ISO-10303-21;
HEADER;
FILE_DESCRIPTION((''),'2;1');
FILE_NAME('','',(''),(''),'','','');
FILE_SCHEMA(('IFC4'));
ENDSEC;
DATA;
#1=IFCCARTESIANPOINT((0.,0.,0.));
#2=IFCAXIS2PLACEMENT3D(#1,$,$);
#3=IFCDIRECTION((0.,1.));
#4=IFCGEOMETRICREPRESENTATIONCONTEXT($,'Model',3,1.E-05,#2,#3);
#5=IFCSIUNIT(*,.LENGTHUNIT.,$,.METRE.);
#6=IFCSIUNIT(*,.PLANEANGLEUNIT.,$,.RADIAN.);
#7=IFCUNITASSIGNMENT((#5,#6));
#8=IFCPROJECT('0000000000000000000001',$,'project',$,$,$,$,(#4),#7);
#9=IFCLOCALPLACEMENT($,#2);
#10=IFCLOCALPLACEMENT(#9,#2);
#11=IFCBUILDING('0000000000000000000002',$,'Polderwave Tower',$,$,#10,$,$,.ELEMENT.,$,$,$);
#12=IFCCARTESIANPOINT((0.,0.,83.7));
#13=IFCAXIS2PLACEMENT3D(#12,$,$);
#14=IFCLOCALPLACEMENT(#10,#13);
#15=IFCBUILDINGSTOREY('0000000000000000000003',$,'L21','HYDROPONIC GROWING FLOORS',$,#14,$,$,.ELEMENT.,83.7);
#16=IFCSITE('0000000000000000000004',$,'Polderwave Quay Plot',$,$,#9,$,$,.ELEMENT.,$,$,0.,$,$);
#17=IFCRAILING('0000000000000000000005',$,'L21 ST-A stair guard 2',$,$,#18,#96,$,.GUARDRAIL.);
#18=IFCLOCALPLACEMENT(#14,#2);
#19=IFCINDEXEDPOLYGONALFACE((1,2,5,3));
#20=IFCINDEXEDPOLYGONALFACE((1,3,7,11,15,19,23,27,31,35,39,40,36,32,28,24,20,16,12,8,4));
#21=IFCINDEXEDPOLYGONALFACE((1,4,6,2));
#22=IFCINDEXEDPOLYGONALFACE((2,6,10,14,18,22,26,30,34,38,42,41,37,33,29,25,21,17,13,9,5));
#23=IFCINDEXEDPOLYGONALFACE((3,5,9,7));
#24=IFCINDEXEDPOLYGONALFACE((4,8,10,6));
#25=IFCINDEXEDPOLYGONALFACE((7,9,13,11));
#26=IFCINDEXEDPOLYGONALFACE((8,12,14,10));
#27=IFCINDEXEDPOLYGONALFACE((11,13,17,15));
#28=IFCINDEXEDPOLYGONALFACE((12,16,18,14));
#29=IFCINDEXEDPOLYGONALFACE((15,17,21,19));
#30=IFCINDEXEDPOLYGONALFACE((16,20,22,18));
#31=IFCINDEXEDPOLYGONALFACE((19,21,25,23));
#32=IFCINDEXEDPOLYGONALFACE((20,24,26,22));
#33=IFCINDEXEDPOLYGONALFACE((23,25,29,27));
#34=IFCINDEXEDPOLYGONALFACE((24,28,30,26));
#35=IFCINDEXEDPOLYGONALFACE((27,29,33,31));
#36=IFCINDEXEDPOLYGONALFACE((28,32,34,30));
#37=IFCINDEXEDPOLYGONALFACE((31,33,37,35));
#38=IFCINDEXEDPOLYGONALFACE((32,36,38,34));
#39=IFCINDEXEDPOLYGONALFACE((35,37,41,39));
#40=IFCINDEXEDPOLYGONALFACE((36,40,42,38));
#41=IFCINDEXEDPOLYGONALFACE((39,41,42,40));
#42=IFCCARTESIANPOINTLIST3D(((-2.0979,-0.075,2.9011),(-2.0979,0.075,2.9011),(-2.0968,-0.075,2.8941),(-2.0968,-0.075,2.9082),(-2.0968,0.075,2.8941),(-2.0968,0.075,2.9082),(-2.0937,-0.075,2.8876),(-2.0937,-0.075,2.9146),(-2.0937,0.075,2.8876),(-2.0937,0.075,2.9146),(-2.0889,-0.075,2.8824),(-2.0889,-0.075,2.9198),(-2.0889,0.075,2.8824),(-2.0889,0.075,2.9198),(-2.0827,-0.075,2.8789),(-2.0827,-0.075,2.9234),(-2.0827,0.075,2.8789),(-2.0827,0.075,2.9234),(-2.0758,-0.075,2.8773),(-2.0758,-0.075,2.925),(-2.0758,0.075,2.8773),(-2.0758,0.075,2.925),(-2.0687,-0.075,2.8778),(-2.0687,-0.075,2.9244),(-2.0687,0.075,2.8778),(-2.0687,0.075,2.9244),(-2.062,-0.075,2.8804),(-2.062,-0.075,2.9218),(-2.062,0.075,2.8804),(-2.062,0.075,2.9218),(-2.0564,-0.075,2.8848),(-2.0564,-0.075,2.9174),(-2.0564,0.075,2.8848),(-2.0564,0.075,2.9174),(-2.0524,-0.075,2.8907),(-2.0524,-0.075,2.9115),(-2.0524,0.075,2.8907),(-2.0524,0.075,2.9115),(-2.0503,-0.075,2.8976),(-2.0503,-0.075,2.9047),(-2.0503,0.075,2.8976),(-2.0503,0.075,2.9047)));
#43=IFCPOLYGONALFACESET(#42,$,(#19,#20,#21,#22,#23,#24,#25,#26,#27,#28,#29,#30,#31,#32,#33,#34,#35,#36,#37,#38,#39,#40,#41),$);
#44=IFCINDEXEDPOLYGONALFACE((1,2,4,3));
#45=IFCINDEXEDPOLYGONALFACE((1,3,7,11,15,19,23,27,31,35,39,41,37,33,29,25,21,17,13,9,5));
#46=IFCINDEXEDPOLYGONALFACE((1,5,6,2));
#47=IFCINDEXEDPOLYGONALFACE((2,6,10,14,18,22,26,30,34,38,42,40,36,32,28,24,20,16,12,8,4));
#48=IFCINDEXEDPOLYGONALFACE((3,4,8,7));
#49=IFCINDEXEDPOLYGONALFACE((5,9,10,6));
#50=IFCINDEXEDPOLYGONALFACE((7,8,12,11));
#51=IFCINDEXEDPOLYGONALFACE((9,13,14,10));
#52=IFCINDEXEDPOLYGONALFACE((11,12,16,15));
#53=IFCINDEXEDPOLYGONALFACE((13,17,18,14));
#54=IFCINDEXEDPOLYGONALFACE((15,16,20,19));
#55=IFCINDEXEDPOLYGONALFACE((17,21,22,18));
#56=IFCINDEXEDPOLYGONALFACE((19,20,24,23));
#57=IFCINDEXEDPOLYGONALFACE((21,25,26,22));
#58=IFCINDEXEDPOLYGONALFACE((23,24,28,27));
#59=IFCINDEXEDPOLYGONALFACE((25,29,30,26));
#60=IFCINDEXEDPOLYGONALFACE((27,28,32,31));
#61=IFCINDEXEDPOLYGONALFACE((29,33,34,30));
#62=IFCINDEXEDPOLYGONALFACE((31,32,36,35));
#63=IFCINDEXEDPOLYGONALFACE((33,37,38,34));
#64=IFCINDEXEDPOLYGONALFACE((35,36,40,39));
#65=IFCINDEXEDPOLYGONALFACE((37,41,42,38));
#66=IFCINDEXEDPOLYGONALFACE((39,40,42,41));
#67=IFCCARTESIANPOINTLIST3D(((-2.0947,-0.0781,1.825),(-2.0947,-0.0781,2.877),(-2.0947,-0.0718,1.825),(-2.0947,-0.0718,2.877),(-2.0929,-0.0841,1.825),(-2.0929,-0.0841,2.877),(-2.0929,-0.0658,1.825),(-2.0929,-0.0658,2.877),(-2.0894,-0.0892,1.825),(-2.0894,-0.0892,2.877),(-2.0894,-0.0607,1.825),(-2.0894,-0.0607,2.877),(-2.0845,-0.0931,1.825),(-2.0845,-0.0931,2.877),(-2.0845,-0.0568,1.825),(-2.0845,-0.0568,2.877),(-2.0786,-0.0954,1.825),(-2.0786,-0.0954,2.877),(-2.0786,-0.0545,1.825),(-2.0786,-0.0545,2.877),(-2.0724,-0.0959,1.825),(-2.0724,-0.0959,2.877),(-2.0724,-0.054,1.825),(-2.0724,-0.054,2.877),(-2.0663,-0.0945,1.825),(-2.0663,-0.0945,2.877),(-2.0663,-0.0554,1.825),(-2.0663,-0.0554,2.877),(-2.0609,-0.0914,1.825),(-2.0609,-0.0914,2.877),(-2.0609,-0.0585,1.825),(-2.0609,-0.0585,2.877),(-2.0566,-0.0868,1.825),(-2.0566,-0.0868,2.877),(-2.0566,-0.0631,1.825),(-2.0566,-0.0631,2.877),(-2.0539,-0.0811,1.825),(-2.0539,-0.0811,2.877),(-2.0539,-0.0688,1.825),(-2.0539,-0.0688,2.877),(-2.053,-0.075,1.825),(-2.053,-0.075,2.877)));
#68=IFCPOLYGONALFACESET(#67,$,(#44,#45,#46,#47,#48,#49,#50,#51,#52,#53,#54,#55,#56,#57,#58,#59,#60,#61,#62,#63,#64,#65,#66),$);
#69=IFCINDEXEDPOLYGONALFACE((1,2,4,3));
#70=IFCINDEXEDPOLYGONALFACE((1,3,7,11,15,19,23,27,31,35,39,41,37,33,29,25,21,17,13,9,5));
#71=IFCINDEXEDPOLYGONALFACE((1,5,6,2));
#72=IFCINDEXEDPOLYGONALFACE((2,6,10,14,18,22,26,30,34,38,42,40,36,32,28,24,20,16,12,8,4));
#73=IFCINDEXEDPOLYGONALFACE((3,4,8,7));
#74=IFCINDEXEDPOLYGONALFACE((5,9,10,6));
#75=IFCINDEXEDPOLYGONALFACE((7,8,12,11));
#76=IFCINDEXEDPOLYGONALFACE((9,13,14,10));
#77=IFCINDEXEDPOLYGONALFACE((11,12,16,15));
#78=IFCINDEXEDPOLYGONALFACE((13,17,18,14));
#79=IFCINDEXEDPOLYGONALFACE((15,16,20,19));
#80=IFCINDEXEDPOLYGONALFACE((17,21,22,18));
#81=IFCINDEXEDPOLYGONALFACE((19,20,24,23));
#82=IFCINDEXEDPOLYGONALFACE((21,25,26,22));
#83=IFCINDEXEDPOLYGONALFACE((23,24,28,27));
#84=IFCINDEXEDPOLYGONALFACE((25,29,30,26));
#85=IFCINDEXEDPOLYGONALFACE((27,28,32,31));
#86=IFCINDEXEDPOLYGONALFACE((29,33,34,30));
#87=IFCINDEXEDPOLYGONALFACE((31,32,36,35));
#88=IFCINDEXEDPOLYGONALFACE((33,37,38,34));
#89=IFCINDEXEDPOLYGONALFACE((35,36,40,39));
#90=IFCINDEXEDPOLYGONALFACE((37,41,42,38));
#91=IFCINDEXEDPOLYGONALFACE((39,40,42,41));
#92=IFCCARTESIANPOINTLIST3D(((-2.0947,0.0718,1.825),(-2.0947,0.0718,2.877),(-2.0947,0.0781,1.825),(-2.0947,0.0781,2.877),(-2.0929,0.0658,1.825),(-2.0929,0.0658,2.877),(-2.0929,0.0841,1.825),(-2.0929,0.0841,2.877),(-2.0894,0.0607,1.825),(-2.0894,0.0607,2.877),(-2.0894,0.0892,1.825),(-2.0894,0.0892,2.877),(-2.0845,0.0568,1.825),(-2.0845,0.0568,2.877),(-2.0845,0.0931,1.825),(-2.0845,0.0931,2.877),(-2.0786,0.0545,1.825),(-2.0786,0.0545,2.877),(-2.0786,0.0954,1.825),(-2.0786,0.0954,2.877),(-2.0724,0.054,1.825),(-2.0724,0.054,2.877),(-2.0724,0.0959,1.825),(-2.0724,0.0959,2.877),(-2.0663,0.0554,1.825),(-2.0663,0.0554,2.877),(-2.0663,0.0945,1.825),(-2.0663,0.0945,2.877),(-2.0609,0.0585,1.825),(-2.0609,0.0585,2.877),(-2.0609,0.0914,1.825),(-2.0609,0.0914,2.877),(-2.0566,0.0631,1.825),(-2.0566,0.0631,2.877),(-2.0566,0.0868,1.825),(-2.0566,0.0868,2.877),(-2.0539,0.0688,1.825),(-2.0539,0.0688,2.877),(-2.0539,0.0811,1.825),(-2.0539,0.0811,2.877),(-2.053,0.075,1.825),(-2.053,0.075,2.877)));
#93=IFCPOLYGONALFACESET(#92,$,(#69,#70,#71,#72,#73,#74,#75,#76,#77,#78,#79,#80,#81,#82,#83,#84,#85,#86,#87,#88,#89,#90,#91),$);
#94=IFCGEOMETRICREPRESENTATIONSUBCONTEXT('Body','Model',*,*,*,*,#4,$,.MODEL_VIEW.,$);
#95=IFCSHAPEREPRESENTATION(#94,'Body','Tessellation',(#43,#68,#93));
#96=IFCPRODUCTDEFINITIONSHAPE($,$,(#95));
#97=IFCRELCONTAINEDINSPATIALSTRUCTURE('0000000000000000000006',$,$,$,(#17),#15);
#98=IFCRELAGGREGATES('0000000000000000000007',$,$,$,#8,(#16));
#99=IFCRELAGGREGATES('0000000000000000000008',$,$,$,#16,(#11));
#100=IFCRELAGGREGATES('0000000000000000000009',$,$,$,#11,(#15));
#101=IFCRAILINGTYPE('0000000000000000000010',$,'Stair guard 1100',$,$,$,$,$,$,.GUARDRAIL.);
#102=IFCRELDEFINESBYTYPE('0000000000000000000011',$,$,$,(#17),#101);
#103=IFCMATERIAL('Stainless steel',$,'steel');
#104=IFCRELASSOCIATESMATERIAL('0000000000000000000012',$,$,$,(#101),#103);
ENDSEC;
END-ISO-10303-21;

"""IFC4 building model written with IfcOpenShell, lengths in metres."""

from ifc_helpers import new_model, si_unit, direction, frame, origin, origin_2d, place, context, subcontext, project, spatial, circle, extrude, material, type_object, element, save


model = new_model("IFC4")

# Units and contexts
model_context = context("Model", 3, precision=1e-05, world=origin(), true_north=direction((0.0, 1.0)))
body_context = subcontext(model_context, "Body", "Model", "MODEL_VIEW")
ifc_project = project(units=[si_unit("LENGTHUNIT", "METRE"), si_unit("PLANEANGLEUNIT", "RADIAN")], contexts=[model_context])

# Site, building, storey
site_placement = place(None, origin())
site = spatial("IfcSite", under=ifc_project, at=site_placement, Name="Polderwave Quay Plot", CompositionType="ELEMENT", RefElevation=0.0)
building_placement = place(site_placement, origin())
building = spatial("IfcBuilding", under=site, at=building_placement, Name="Polderwave Tower", CompositionType="ELEMENT")
storey_placement = place(building_placement, frame((0.0, 0.0, 83.7)))
storey = spatial("IfcBuildingStorey", under=building, at=storey_placement, Name="L21", Description="HYDROPONIC GROWING FLOORS", CompositionType="ELEMENT", Elevation=83.7)

# Railing
ifc_material_1 = material(Name="Stainless steel", Category="steel")
railing_type = type_object("IfcRailingType", Name="Stair guard 1100", PredefinedType="GUARDRAIL", material=ifc_material_1)
railing_1_placement = place(storey_placement, frame((-2.074, -0.075, 1.825)))
element("IfcRailing", 1, at=railing_1_placement, inside=storey, type_object=railing_type, Name="L21 ST-A stair guard 2", PredefinedType="GUARDRAIL", context=body_context, shape_type="SweptSolid", body=[
    extrude(circle(Radius=0.0239, at=origin_2d()), frame((0.0, 0.0, 1.0762), z_axis=(0.0, 1.0, 0.0), x_axis=(-1.0, 0.0, 0.0)), (0.0, 0.0, 1.0), 0.1499),
    extrude(circle(Radius=0.021, at=origin_2d()), origin(), (0.0, 0.0, 1.0), 1.052),
    extrude(circle(Radius=0.021, at=origin_2d()), frame((0.0, 0.1499, 0.0)), (0.0, 0.0, 1.0), 1.052),
])

save(model, "model.ifc")
